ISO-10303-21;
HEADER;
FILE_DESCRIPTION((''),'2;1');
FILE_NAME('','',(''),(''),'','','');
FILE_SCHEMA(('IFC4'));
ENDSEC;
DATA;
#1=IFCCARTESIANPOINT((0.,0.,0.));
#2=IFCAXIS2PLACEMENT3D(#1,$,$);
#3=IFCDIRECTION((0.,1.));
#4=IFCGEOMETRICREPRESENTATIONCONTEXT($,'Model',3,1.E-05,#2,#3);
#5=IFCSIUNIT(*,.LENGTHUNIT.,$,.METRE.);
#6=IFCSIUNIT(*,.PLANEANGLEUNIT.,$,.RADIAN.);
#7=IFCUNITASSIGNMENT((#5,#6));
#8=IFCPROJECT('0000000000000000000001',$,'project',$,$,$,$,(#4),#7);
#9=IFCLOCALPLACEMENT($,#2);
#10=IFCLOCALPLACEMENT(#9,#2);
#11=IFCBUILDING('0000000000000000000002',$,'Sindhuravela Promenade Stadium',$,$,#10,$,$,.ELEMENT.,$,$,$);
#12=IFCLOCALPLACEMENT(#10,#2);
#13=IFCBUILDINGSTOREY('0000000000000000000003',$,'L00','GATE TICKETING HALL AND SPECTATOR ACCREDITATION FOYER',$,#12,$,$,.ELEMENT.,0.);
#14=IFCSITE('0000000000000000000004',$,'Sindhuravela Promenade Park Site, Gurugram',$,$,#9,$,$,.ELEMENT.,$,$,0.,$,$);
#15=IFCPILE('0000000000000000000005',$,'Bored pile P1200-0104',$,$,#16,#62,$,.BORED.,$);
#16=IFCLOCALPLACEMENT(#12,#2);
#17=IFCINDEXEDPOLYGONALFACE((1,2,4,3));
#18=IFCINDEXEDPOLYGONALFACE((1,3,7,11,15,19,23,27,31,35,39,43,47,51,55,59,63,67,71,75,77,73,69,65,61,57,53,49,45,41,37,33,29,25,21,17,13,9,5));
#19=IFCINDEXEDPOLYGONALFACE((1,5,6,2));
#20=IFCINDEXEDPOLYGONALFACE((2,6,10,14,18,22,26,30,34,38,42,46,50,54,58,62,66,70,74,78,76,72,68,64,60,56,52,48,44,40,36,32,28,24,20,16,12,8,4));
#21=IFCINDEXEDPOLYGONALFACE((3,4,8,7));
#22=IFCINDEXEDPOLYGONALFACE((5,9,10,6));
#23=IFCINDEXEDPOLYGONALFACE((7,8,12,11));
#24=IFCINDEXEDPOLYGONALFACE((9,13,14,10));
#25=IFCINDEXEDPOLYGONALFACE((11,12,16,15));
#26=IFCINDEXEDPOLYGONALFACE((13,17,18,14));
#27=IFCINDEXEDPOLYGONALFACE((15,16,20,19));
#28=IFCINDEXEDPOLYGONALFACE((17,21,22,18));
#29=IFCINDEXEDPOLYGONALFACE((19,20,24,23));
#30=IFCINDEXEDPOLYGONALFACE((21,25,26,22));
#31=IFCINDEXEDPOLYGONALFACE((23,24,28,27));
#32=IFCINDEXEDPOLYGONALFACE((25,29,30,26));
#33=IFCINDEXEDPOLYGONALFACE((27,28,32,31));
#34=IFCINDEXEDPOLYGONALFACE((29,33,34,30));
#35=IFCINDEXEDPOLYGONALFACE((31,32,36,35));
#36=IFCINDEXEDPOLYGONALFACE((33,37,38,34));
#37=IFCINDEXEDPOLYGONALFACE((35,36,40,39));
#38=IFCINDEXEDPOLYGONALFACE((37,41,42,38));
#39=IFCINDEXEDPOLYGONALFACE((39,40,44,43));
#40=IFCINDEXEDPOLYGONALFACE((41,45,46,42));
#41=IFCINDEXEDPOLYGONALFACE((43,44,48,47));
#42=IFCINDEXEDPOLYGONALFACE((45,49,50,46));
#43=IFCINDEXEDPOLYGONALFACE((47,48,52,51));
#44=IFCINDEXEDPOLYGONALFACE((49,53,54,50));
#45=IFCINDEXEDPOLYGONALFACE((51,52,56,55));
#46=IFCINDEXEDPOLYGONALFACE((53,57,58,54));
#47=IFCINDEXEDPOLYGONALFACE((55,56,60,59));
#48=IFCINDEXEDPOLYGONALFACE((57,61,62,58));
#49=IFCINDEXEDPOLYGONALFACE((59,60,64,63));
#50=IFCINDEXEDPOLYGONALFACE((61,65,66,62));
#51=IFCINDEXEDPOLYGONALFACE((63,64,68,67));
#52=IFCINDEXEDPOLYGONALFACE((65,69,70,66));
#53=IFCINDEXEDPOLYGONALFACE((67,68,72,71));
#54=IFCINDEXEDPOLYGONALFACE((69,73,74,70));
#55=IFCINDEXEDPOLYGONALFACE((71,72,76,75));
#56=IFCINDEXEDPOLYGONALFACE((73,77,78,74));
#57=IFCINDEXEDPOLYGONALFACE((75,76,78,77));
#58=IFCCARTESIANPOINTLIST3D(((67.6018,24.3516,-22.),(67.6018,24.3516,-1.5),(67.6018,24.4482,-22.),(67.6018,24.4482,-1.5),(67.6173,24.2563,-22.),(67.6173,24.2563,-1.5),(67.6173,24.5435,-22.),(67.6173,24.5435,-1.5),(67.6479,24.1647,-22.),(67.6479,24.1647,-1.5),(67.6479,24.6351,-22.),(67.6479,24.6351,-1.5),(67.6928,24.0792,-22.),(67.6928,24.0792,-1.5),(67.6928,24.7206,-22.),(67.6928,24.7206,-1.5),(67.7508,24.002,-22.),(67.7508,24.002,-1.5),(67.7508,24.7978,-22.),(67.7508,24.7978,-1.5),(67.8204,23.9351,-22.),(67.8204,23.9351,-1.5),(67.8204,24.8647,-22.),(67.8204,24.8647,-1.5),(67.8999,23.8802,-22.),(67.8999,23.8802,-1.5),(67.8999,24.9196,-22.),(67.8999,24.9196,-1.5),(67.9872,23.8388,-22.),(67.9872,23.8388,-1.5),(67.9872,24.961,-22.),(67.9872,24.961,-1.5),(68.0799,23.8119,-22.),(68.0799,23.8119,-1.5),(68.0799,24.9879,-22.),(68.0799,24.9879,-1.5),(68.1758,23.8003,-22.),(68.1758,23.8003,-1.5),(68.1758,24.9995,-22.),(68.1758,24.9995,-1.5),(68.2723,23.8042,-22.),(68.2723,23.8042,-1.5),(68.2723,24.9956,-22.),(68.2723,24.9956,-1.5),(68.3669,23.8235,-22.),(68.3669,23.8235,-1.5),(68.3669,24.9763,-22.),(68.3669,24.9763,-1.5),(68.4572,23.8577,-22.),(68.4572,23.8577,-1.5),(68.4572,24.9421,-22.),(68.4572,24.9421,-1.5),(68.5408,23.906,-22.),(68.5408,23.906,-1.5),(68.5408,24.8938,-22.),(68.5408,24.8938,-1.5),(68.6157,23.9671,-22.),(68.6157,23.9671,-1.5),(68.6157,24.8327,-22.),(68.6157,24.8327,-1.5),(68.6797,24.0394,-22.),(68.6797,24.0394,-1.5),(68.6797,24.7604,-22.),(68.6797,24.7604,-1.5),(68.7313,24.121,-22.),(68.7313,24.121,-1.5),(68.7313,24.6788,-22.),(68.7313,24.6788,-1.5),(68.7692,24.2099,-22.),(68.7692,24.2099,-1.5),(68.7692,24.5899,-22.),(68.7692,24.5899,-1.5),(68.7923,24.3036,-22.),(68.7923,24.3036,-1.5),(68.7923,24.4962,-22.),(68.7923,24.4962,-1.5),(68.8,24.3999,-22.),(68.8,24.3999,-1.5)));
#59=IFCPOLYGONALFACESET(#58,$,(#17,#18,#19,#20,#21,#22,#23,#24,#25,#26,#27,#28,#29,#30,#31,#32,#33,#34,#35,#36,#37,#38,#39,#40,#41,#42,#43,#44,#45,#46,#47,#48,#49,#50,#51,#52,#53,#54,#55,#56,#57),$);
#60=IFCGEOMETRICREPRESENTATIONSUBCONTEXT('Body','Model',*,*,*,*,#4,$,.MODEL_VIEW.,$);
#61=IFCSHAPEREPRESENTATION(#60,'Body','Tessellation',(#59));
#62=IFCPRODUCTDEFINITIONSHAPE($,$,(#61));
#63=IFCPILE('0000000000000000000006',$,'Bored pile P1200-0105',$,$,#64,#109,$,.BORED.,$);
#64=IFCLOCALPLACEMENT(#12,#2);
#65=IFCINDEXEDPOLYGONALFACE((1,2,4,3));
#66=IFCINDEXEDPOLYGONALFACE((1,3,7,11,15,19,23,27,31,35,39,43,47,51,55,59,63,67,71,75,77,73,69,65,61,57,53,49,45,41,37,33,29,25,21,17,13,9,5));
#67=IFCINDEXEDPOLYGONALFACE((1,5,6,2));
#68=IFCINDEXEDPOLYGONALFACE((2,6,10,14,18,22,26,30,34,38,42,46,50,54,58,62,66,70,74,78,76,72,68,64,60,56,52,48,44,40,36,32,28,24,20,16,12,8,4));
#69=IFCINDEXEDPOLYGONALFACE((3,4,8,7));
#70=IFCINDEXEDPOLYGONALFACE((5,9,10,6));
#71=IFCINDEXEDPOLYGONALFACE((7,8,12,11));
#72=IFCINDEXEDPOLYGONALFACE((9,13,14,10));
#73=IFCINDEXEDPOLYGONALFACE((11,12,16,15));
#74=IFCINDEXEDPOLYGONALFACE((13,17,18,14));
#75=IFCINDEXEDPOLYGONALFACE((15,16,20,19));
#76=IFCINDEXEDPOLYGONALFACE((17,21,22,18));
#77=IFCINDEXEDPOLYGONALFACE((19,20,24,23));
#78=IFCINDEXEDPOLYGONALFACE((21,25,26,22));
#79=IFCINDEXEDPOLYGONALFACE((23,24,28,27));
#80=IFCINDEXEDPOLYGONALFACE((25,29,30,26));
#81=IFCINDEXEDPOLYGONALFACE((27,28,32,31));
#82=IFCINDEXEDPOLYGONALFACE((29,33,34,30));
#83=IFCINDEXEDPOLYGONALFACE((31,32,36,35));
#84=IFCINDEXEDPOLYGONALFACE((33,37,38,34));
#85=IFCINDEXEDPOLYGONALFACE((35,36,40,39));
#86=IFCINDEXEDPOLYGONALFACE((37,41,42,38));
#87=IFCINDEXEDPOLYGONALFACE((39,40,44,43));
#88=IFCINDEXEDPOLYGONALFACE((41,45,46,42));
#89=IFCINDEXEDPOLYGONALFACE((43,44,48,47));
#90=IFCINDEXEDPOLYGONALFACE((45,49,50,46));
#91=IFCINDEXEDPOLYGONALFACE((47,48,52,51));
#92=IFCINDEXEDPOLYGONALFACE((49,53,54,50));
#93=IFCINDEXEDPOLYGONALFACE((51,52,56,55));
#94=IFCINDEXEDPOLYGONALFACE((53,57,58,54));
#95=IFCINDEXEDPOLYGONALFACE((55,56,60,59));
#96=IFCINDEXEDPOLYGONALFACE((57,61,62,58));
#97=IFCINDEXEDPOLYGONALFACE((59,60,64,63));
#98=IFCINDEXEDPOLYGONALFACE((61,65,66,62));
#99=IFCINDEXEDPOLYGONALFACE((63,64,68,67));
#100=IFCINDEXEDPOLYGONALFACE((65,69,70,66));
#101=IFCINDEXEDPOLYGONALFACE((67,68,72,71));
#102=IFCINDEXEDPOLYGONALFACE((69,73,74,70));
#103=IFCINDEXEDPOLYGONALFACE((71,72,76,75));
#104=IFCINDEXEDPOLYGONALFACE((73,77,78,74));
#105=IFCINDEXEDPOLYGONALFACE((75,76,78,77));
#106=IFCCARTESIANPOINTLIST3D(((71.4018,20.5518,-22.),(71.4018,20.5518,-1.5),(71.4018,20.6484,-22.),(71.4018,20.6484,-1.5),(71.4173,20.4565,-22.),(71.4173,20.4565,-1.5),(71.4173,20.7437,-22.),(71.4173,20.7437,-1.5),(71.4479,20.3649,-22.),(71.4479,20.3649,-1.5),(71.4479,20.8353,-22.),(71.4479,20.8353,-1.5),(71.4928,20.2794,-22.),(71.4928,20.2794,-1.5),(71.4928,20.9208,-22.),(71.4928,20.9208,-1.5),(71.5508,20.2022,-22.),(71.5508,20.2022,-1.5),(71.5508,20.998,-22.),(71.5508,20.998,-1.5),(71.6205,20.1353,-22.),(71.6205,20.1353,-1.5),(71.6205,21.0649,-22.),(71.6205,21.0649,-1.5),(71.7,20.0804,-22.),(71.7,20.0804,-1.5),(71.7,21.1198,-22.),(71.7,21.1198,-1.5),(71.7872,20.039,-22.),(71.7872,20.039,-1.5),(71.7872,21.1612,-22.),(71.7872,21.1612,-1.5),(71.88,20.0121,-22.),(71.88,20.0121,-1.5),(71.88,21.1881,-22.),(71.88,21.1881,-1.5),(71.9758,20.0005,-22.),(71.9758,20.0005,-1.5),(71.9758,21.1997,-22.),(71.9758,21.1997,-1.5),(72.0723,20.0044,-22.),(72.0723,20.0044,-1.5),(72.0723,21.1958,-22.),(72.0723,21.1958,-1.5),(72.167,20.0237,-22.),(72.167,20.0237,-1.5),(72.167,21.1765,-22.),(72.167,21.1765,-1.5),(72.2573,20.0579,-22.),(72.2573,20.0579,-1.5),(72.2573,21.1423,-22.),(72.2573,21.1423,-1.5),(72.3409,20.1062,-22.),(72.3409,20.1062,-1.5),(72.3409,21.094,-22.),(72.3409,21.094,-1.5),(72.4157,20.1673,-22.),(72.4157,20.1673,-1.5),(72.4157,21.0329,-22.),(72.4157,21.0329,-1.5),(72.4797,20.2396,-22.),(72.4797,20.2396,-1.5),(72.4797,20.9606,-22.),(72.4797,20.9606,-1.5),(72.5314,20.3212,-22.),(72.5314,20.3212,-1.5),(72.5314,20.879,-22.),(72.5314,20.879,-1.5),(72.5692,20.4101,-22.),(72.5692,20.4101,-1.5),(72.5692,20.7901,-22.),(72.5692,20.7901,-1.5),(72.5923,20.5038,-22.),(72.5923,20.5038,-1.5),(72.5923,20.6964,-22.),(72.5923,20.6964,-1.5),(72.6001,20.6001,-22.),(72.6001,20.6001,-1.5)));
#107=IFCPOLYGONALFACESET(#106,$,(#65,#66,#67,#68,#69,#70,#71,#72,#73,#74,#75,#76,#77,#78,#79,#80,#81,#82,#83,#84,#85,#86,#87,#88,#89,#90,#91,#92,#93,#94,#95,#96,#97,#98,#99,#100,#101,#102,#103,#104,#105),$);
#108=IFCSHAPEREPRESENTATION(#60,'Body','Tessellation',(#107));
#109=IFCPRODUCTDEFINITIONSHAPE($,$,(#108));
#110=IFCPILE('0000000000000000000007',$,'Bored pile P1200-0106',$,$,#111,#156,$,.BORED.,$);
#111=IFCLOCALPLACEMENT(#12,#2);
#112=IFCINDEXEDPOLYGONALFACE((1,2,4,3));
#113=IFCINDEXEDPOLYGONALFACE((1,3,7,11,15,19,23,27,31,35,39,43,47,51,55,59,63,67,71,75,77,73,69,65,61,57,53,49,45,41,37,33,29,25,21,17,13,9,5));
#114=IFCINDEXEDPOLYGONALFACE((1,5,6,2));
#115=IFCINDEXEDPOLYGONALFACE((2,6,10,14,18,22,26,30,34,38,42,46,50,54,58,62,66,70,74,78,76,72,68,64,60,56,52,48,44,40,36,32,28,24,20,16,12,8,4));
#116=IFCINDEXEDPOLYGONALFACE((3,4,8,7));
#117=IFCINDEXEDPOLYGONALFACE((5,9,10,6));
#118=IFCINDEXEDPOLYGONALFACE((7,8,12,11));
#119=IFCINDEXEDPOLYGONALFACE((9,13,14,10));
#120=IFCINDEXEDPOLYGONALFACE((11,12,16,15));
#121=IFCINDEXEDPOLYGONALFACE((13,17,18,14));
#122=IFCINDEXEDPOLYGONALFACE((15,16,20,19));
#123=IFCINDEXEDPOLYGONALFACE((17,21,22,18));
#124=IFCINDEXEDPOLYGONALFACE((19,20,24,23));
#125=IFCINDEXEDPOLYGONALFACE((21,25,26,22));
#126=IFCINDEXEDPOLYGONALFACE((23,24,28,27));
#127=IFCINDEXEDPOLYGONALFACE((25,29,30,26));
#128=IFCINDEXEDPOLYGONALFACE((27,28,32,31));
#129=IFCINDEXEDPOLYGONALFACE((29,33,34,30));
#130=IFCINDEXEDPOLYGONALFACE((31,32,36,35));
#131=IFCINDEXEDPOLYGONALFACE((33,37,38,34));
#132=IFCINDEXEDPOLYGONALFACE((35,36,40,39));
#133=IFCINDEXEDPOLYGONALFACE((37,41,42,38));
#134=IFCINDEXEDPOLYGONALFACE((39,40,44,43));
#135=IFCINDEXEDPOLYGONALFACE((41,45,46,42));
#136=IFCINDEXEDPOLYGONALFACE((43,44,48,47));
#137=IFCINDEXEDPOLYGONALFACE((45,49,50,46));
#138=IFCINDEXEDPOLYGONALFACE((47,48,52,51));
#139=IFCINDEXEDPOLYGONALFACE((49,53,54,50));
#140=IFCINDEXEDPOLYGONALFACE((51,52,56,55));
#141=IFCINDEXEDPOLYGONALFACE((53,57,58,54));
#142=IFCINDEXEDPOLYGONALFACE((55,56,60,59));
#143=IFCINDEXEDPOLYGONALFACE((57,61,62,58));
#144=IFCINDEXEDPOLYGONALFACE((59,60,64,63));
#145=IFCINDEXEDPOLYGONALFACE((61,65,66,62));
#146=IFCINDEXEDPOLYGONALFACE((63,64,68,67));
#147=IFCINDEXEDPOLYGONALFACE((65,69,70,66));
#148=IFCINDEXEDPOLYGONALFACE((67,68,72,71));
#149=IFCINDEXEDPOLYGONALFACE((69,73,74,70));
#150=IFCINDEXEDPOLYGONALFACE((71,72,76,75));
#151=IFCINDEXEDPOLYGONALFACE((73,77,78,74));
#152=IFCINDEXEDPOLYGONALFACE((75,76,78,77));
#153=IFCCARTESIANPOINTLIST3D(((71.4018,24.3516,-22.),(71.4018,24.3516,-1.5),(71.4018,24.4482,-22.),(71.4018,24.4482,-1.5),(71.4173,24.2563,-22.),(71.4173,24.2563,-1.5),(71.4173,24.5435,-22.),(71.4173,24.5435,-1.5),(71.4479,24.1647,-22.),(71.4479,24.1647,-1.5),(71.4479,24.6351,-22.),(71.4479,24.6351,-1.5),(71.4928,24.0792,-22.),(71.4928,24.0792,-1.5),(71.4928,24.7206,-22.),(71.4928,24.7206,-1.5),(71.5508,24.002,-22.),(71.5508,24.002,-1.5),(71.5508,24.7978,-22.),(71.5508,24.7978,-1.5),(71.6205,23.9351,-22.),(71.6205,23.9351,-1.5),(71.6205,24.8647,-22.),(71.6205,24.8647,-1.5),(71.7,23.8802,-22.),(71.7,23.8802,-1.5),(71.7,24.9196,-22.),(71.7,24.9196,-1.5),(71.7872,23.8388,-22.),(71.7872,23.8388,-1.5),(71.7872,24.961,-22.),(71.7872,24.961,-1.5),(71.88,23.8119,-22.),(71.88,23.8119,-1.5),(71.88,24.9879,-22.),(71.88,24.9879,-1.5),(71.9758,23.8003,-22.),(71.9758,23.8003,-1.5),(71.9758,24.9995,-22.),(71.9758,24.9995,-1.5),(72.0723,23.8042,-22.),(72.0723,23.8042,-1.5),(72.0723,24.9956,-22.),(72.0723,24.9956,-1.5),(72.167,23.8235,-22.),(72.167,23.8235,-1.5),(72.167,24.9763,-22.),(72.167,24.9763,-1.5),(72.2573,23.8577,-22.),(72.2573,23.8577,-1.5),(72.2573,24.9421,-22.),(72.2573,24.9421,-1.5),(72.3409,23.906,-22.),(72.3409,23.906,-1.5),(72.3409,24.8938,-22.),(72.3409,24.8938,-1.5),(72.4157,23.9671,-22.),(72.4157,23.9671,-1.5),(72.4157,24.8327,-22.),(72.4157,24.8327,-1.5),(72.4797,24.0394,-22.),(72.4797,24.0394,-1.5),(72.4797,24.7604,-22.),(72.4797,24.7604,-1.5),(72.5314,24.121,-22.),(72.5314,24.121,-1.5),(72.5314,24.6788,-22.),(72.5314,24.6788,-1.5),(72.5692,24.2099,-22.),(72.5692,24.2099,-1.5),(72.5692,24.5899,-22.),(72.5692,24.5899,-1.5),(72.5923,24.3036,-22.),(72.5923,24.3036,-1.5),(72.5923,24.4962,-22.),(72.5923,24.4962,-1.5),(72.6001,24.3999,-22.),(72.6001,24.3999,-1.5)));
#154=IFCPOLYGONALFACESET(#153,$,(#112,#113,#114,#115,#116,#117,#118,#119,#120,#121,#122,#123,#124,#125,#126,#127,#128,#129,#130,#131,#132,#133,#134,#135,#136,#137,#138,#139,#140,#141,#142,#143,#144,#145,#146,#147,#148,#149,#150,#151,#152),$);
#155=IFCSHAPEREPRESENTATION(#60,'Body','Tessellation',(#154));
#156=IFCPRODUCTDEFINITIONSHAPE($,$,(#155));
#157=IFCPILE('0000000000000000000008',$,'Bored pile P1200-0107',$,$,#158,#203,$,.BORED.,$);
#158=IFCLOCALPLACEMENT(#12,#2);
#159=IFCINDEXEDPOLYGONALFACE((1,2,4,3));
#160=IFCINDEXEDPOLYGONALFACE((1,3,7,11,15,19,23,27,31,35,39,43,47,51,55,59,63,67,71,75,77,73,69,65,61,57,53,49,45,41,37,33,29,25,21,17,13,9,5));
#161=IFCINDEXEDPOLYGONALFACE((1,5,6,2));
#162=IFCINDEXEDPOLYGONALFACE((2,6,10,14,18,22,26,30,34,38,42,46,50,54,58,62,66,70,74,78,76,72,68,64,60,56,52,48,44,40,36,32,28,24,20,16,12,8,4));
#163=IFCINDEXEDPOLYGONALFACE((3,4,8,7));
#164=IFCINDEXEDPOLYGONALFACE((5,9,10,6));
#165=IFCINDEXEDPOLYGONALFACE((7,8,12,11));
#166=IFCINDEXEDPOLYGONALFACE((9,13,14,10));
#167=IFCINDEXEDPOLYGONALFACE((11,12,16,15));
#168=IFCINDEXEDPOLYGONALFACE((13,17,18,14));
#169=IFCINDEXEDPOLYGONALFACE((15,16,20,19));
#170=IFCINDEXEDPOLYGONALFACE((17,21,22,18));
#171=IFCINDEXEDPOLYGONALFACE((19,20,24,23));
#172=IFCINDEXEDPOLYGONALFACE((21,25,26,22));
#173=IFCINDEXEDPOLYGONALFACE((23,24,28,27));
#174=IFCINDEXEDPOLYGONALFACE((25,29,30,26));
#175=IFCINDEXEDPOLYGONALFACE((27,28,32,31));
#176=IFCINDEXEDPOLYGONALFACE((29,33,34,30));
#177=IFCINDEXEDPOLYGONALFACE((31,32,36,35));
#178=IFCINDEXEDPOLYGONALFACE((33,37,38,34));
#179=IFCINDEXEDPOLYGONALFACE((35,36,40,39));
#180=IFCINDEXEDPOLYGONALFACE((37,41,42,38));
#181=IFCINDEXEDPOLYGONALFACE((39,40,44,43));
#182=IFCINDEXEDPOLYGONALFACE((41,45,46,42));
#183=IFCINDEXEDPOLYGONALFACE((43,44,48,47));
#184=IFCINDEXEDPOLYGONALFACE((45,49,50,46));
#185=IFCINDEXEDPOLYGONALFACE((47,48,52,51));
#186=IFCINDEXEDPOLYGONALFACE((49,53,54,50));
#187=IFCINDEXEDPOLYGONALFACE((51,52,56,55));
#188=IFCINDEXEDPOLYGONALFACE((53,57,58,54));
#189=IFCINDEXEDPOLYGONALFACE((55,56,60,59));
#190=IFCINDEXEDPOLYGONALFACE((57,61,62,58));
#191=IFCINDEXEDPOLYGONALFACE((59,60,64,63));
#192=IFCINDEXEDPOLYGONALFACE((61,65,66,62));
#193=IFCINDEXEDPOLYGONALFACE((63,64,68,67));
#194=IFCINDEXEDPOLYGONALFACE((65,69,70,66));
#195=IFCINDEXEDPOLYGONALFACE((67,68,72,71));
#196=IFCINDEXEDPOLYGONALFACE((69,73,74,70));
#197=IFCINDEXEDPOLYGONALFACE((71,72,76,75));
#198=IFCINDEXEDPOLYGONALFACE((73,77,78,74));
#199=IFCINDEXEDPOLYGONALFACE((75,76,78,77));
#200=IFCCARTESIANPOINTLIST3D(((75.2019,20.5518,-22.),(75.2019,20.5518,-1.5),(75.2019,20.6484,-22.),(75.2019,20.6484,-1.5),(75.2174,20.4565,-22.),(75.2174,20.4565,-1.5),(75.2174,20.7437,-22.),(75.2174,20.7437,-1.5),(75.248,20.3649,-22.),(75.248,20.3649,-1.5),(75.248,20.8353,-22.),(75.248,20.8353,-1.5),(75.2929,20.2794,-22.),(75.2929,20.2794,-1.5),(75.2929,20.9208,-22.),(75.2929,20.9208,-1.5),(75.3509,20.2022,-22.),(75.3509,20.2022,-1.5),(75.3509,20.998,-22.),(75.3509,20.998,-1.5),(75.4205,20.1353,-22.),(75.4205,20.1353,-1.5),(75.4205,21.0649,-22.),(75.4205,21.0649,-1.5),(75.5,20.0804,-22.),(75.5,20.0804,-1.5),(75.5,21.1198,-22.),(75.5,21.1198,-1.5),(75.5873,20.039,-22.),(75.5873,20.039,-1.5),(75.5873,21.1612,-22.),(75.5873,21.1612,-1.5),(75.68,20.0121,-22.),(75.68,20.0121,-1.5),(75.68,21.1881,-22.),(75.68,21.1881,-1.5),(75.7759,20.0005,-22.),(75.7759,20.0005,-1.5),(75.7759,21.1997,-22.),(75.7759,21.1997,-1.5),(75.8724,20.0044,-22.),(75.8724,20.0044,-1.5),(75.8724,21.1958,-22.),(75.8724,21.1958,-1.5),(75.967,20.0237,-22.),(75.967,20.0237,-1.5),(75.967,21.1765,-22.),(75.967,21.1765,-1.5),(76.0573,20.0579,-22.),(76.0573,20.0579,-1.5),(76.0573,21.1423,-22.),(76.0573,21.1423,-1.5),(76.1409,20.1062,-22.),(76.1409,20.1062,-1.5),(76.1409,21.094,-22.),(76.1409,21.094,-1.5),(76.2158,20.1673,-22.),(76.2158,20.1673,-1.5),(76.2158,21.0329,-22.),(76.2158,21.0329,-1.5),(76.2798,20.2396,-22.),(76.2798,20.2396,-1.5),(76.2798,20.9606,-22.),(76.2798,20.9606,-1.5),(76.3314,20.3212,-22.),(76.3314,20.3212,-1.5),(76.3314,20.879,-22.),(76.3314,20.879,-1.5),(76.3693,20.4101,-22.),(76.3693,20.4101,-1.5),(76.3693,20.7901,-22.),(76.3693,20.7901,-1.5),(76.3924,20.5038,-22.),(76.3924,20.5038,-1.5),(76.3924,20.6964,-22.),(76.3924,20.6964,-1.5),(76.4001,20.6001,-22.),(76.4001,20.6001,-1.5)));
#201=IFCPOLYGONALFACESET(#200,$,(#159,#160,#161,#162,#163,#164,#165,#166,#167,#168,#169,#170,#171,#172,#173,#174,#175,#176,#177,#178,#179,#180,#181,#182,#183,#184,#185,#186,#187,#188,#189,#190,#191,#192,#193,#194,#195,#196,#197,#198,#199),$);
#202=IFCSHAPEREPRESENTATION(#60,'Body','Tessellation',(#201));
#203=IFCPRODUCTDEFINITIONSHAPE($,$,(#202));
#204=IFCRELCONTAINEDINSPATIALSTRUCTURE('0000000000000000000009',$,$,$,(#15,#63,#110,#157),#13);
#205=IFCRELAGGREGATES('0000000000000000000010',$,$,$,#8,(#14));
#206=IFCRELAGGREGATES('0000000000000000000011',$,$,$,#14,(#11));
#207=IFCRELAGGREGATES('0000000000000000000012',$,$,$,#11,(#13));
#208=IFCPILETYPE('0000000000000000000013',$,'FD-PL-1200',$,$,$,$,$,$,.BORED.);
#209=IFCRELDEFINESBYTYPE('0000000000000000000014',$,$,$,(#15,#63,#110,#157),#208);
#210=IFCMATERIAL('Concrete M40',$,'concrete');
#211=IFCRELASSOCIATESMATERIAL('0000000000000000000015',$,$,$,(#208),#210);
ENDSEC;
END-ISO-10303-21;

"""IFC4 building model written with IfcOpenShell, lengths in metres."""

from ifc_helpers import new_model, si_unit, direction, frame, origin, origin_2d, place, context, subcontext, project, spatial, circle, extrude, material, material_profile, profile_set, type_object, element, save


model = new_model("IFC4")

# Units and contexts
model_context = context("Model", 3, precision=1e-05, world=origin(), true_north=direction((0.0, 1.0)))
body_context = subcontext(model_context, "Body", "Model", "MODEL_VIEW")
ifc_project = project(units=[si_unit("LENGTHUNIT", "METRE"), si_unit("PLANEANGLEUNIT", "RADIAN")], contexts=[model_context])

# Site, building, storey
site_placement = place(None, origin())
site = spatial("IfcSite", under=ifc_project, at=site_placement, Name="Sindhuravela Promenade Park Site, Gurugram", CompositionType="ELEMENT", RefElevation=0.0)
building_placement = place(site_placement, origin())
building = spatial("IfcBuilding", under=site, at=building_placement, Name="Sindhuravela Promenade Stadium", CompositionType="ELEMENT")
storey_placement = place(building_placement, origin())
storey = spatial("IfcBuildingStorey", under=building, at=storey_placement, Name="L00", Description="GATE TICKETING HALL AND SPECTATOR ACCREDITATION FOYER", CompositionType="ELEMENT", Elevation=0.0)

# Piles
ifc_material_1 = material(Name="Concrete M40", Category="concrete")
ifc_material_profile_1 = material_profile(ifc_material_1, circle(Radius=0.6001, at=origin_2d()), Name="BORED PILE D1200")
ifc_profile_set_1 = profile_set([ifc_material_profile_1], Name="Concrete M40")
pile_type = type_object("IfcPileType", Name="FD-PL-1200", PredefinedType="BORED", material=ifc_profile_set_1)
for number, where, z_axis, x_axis, name in (
    (1, (68.2, 24.3999, -1.5), (0.0, 0.0, -1.0), (1.0, 0.0, 0.0), "Bored pile P1200-0104"),
    (2, (72.0, 20.6001, -1.5), (0.0, 0.0, -1.0), (1.0, 0.0, 0.0), "Bored pile P1200-0105"),
    (3, (72.0, 24.3999, -1.5), (0.0, 0.0, -1.0), (1.0, 0.0, 0.0), "Bored pile P1200-0106"),
    (4, (75.8, 20.6001, -1.5), (0.0, 0.0, -1.0), (1.0, 0.0, 0.0), "Bored pile P1200-0107"),
):
    element("IfcPile", number, at=place(storey_placement, frame(where, z_axis=z_axis, x_axis=x_axis)), inside=storey, type_object=pile_type, Name=name, PredefinedType="BORED", context=body_context, shape_type="SweptSolid", body=[
        extrude(circle(Radius=0.6001, at=origin_2d()), origin(), (0.0, 0.0, 1.0), 20.5),
    ])

save(model, "model.ifc")
